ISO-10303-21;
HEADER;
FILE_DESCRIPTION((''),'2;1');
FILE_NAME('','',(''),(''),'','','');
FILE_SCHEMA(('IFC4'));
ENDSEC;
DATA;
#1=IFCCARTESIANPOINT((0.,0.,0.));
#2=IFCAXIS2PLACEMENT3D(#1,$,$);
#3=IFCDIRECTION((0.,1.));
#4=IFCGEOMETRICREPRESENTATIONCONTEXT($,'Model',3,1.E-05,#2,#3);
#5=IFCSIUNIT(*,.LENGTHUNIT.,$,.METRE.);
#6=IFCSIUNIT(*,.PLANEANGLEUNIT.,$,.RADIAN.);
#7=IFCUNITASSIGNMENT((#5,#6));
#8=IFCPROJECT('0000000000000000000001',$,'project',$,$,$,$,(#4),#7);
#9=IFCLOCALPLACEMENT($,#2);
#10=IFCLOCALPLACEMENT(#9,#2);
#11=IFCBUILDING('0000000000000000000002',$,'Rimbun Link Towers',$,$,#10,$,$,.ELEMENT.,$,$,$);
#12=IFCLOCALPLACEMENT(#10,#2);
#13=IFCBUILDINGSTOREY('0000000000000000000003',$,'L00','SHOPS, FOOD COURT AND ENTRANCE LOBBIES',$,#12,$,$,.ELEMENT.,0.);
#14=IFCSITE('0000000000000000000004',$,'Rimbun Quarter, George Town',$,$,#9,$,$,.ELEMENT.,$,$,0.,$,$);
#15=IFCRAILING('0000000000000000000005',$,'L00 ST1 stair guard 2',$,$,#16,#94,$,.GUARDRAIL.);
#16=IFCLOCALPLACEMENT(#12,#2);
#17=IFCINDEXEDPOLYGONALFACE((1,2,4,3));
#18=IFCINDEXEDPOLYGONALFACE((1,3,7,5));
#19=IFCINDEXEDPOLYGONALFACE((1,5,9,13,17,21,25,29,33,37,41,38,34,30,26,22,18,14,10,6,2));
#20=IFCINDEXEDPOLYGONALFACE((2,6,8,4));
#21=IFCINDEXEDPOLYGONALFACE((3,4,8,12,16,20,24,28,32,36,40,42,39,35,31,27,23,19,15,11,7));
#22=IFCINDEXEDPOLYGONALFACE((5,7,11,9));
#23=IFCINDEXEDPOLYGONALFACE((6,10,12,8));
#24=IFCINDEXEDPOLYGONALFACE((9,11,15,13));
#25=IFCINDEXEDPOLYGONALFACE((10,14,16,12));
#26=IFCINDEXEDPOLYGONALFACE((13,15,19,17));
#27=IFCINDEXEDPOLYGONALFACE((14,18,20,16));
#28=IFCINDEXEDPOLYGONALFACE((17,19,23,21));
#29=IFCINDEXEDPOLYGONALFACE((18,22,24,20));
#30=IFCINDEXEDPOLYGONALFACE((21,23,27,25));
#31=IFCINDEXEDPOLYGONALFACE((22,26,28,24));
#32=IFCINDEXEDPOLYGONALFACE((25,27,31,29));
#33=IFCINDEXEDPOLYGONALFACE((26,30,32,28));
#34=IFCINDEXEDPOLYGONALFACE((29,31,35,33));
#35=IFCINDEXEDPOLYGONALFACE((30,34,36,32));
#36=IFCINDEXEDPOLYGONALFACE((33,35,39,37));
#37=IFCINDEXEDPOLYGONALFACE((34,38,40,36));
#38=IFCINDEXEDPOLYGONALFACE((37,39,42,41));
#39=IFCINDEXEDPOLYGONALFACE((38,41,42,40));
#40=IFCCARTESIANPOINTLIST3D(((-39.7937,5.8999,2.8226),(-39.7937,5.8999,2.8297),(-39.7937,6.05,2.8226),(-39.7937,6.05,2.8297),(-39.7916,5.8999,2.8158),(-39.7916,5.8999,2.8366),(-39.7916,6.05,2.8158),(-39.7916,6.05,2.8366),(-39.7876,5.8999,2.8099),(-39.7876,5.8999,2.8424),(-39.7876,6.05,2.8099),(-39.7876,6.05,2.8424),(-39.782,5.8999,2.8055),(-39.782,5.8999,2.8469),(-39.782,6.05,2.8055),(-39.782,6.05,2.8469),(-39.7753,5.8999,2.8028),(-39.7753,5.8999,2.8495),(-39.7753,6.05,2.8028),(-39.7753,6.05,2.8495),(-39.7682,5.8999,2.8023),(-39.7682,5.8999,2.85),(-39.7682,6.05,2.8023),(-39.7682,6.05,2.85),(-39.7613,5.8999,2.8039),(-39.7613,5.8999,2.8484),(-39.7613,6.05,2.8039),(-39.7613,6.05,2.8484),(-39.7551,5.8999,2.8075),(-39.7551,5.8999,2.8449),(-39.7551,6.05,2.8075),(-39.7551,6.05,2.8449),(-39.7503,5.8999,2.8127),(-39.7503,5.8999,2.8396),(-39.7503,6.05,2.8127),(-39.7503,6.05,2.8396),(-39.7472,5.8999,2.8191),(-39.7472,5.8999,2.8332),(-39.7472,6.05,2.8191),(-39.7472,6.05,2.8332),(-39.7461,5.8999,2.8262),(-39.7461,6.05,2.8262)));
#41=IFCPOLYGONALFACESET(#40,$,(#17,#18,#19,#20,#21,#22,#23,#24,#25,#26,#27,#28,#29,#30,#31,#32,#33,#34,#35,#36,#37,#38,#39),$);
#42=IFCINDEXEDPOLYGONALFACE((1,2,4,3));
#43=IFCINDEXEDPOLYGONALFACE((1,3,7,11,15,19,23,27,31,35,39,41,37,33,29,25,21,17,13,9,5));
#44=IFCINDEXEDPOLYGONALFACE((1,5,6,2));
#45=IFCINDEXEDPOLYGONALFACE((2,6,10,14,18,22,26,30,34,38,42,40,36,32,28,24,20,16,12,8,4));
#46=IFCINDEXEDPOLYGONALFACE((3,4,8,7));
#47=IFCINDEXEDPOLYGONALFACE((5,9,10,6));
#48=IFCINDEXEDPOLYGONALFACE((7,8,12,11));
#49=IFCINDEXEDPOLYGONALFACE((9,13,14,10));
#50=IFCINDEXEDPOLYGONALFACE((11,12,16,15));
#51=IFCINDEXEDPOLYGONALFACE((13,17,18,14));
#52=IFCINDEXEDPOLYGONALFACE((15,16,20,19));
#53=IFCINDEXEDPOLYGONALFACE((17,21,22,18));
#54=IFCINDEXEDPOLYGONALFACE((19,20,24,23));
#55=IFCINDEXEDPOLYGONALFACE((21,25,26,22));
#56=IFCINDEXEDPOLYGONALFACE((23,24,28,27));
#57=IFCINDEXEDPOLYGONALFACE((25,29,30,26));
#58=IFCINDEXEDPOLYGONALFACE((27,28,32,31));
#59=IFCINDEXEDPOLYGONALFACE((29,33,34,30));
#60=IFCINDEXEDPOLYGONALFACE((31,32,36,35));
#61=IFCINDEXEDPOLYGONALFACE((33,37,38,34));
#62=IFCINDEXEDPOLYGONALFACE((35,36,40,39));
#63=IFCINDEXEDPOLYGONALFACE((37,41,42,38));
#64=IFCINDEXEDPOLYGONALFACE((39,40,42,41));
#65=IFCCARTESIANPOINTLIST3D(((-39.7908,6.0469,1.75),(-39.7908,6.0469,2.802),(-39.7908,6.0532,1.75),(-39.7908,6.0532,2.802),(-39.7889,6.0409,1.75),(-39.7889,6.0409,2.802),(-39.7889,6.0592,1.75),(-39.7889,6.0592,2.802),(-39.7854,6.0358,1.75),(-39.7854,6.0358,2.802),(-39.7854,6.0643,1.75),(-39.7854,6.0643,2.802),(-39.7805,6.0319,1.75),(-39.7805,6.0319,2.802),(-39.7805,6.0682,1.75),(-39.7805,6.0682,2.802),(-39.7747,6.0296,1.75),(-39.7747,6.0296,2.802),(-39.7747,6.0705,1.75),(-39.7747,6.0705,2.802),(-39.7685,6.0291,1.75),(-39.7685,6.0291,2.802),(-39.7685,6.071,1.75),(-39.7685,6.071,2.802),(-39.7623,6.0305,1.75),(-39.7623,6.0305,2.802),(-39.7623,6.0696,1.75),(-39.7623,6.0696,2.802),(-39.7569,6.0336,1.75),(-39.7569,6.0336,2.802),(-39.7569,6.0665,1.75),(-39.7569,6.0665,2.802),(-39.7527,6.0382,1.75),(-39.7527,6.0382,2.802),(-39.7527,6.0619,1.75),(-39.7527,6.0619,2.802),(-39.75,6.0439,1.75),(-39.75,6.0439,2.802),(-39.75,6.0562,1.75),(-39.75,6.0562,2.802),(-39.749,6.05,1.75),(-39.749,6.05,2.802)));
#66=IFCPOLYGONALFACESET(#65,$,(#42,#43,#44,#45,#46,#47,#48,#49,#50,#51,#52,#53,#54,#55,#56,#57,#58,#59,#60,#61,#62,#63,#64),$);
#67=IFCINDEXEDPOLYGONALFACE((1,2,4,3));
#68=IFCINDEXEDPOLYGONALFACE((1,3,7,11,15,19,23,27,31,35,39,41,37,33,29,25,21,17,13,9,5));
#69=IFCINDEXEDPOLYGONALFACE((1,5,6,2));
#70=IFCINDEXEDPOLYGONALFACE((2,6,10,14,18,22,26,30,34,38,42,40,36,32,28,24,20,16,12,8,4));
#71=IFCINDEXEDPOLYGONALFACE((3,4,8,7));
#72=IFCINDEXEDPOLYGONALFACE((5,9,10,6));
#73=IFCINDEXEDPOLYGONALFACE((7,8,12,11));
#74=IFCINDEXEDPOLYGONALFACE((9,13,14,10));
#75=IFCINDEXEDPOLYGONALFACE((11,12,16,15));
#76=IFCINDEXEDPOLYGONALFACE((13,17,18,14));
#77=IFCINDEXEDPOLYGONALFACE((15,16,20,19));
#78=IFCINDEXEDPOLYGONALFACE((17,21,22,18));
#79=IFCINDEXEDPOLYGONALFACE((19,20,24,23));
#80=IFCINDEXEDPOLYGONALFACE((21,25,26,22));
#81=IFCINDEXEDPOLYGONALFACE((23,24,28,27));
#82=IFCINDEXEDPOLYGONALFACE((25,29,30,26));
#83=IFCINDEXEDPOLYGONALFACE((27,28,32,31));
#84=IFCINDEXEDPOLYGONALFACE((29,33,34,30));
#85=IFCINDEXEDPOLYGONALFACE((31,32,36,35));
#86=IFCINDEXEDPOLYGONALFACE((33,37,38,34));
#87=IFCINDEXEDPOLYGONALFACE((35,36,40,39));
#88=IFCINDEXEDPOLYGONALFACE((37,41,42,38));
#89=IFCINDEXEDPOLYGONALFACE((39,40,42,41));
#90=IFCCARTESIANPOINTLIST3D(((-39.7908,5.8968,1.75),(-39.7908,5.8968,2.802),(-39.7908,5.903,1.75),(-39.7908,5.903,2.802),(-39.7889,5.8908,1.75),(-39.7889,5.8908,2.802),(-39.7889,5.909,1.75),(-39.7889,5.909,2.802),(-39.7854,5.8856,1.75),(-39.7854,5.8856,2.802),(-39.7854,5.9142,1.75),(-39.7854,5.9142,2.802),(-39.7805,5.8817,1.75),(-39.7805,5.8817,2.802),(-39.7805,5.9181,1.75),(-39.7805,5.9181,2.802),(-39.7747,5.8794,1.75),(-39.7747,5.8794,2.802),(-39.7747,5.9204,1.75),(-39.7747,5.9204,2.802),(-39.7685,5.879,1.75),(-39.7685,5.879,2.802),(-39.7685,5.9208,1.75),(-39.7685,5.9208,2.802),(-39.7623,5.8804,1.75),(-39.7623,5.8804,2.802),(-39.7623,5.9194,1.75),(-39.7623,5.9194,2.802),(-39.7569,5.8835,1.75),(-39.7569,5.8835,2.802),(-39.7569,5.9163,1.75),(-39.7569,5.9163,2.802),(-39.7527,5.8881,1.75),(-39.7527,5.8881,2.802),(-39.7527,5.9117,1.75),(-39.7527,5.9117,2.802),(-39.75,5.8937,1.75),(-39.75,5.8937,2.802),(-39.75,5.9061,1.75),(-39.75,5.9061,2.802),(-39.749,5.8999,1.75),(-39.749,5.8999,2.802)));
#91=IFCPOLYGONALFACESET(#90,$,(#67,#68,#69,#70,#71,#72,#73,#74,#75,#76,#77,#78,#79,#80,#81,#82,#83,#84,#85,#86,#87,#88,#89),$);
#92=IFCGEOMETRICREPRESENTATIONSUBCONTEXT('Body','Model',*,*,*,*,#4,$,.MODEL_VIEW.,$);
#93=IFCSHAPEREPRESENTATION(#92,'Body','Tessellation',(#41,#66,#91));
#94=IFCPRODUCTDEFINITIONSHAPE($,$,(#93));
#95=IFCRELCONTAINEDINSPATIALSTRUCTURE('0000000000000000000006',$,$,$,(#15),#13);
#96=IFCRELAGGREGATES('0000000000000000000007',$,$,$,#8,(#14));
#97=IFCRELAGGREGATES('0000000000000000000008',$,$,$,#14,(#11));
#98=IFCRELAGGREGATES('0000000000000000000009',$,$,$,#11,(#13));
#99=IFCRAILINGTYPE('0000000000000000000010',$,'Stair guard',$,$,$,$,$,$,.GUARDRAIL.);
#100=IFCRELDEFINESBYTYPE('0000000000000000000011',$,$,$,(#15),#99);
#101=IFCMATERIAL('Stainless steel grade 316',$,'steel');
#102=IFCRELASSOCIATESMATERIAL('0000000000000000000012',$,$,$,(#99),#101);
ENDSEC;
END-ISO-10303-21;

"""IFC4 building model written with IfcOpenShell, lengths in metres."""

from ifc_helpers import new_model, si_unit, direction, frame, origin, origin_2d, place, context, subcontext, project, spatial, circle, extrude, material, type_object, element, save


model = new_model("IFC4")

# Units and contexts
model_context = context("Model", 3, precision=1e-05, world=origin(), true_north=direction((0.0, 1.0)))
body_context = subcontext(model_context, "Body", "Model", "MODEL_VIEW")
ifc_project = project(units=[si_unit("LENGTHUNIT", "METRE"), si_unit("PLANEANGLEUNIT", "RADIAN")], contexts=[model_context])

# Site, building, storey
site_placement = place(None, origin())
site = spatial("IfcSite", under=ifc_project, at=site_placement, Name="Rimbun Quarter, George Town", CompositionType="ELEMENT", RefElevation=0.0)
building_placement = place(site_placement, origin())
building = spatial("IfcBuilding", under=site, at=building_placement, Name="Rimbun Link Towers", CompositionType="ELEMENT")
storey_placement = place(building_placement, origin())
storey = spatial("IfcBuildingStorey", under=building, at=storey_placement, Name="L00", Description="SHOPS, FOOD COURT AND ENTRANCE LOBBIES", CompositionType="ELEMENT", Elevation=0.0)

# Railing
ifc_material_1 = material(Name="Stainless steel grade 316", Category="steel")
railing_type_1 = type_object("IfcRailingType", Name="Stair guard", PredefinedType="GUARDRAIL", material=ifc_material_1)
railing_1_placement = place(storey_placement, frame((-39.77, 6.05, 1.75)))
element("IfcRailing", 1, at=railing_1_placement, inside=storey, type_object=railing_type_1, Name="L00 ST1 stair guard 2", PredefinedType="GUARDRAIL", context=body_context, shape_type="SweptSolid", body=[
    extrude(circle(Radius=0.0239, at=origin_2d()), frame((0.0, 0.0, 1.0762), z_axis=(0.0, -1.0, 0.0), x_axis=(1.0, 0.0, 0.0)), (0.0, 0.0, 1.0), 0.1501),
    extrude(circle(Radius=0.021, at=origin_2d()), origin(), (0.0, 0.0, 1.0), 1.052),
    extrude(circle(Radius=0.021, at=origin_2d()), frame((0.0, -0.1501, 0.0)), (0.0, 0.0, 1.0), 1.052),
])

save(model, "model.ifc")
